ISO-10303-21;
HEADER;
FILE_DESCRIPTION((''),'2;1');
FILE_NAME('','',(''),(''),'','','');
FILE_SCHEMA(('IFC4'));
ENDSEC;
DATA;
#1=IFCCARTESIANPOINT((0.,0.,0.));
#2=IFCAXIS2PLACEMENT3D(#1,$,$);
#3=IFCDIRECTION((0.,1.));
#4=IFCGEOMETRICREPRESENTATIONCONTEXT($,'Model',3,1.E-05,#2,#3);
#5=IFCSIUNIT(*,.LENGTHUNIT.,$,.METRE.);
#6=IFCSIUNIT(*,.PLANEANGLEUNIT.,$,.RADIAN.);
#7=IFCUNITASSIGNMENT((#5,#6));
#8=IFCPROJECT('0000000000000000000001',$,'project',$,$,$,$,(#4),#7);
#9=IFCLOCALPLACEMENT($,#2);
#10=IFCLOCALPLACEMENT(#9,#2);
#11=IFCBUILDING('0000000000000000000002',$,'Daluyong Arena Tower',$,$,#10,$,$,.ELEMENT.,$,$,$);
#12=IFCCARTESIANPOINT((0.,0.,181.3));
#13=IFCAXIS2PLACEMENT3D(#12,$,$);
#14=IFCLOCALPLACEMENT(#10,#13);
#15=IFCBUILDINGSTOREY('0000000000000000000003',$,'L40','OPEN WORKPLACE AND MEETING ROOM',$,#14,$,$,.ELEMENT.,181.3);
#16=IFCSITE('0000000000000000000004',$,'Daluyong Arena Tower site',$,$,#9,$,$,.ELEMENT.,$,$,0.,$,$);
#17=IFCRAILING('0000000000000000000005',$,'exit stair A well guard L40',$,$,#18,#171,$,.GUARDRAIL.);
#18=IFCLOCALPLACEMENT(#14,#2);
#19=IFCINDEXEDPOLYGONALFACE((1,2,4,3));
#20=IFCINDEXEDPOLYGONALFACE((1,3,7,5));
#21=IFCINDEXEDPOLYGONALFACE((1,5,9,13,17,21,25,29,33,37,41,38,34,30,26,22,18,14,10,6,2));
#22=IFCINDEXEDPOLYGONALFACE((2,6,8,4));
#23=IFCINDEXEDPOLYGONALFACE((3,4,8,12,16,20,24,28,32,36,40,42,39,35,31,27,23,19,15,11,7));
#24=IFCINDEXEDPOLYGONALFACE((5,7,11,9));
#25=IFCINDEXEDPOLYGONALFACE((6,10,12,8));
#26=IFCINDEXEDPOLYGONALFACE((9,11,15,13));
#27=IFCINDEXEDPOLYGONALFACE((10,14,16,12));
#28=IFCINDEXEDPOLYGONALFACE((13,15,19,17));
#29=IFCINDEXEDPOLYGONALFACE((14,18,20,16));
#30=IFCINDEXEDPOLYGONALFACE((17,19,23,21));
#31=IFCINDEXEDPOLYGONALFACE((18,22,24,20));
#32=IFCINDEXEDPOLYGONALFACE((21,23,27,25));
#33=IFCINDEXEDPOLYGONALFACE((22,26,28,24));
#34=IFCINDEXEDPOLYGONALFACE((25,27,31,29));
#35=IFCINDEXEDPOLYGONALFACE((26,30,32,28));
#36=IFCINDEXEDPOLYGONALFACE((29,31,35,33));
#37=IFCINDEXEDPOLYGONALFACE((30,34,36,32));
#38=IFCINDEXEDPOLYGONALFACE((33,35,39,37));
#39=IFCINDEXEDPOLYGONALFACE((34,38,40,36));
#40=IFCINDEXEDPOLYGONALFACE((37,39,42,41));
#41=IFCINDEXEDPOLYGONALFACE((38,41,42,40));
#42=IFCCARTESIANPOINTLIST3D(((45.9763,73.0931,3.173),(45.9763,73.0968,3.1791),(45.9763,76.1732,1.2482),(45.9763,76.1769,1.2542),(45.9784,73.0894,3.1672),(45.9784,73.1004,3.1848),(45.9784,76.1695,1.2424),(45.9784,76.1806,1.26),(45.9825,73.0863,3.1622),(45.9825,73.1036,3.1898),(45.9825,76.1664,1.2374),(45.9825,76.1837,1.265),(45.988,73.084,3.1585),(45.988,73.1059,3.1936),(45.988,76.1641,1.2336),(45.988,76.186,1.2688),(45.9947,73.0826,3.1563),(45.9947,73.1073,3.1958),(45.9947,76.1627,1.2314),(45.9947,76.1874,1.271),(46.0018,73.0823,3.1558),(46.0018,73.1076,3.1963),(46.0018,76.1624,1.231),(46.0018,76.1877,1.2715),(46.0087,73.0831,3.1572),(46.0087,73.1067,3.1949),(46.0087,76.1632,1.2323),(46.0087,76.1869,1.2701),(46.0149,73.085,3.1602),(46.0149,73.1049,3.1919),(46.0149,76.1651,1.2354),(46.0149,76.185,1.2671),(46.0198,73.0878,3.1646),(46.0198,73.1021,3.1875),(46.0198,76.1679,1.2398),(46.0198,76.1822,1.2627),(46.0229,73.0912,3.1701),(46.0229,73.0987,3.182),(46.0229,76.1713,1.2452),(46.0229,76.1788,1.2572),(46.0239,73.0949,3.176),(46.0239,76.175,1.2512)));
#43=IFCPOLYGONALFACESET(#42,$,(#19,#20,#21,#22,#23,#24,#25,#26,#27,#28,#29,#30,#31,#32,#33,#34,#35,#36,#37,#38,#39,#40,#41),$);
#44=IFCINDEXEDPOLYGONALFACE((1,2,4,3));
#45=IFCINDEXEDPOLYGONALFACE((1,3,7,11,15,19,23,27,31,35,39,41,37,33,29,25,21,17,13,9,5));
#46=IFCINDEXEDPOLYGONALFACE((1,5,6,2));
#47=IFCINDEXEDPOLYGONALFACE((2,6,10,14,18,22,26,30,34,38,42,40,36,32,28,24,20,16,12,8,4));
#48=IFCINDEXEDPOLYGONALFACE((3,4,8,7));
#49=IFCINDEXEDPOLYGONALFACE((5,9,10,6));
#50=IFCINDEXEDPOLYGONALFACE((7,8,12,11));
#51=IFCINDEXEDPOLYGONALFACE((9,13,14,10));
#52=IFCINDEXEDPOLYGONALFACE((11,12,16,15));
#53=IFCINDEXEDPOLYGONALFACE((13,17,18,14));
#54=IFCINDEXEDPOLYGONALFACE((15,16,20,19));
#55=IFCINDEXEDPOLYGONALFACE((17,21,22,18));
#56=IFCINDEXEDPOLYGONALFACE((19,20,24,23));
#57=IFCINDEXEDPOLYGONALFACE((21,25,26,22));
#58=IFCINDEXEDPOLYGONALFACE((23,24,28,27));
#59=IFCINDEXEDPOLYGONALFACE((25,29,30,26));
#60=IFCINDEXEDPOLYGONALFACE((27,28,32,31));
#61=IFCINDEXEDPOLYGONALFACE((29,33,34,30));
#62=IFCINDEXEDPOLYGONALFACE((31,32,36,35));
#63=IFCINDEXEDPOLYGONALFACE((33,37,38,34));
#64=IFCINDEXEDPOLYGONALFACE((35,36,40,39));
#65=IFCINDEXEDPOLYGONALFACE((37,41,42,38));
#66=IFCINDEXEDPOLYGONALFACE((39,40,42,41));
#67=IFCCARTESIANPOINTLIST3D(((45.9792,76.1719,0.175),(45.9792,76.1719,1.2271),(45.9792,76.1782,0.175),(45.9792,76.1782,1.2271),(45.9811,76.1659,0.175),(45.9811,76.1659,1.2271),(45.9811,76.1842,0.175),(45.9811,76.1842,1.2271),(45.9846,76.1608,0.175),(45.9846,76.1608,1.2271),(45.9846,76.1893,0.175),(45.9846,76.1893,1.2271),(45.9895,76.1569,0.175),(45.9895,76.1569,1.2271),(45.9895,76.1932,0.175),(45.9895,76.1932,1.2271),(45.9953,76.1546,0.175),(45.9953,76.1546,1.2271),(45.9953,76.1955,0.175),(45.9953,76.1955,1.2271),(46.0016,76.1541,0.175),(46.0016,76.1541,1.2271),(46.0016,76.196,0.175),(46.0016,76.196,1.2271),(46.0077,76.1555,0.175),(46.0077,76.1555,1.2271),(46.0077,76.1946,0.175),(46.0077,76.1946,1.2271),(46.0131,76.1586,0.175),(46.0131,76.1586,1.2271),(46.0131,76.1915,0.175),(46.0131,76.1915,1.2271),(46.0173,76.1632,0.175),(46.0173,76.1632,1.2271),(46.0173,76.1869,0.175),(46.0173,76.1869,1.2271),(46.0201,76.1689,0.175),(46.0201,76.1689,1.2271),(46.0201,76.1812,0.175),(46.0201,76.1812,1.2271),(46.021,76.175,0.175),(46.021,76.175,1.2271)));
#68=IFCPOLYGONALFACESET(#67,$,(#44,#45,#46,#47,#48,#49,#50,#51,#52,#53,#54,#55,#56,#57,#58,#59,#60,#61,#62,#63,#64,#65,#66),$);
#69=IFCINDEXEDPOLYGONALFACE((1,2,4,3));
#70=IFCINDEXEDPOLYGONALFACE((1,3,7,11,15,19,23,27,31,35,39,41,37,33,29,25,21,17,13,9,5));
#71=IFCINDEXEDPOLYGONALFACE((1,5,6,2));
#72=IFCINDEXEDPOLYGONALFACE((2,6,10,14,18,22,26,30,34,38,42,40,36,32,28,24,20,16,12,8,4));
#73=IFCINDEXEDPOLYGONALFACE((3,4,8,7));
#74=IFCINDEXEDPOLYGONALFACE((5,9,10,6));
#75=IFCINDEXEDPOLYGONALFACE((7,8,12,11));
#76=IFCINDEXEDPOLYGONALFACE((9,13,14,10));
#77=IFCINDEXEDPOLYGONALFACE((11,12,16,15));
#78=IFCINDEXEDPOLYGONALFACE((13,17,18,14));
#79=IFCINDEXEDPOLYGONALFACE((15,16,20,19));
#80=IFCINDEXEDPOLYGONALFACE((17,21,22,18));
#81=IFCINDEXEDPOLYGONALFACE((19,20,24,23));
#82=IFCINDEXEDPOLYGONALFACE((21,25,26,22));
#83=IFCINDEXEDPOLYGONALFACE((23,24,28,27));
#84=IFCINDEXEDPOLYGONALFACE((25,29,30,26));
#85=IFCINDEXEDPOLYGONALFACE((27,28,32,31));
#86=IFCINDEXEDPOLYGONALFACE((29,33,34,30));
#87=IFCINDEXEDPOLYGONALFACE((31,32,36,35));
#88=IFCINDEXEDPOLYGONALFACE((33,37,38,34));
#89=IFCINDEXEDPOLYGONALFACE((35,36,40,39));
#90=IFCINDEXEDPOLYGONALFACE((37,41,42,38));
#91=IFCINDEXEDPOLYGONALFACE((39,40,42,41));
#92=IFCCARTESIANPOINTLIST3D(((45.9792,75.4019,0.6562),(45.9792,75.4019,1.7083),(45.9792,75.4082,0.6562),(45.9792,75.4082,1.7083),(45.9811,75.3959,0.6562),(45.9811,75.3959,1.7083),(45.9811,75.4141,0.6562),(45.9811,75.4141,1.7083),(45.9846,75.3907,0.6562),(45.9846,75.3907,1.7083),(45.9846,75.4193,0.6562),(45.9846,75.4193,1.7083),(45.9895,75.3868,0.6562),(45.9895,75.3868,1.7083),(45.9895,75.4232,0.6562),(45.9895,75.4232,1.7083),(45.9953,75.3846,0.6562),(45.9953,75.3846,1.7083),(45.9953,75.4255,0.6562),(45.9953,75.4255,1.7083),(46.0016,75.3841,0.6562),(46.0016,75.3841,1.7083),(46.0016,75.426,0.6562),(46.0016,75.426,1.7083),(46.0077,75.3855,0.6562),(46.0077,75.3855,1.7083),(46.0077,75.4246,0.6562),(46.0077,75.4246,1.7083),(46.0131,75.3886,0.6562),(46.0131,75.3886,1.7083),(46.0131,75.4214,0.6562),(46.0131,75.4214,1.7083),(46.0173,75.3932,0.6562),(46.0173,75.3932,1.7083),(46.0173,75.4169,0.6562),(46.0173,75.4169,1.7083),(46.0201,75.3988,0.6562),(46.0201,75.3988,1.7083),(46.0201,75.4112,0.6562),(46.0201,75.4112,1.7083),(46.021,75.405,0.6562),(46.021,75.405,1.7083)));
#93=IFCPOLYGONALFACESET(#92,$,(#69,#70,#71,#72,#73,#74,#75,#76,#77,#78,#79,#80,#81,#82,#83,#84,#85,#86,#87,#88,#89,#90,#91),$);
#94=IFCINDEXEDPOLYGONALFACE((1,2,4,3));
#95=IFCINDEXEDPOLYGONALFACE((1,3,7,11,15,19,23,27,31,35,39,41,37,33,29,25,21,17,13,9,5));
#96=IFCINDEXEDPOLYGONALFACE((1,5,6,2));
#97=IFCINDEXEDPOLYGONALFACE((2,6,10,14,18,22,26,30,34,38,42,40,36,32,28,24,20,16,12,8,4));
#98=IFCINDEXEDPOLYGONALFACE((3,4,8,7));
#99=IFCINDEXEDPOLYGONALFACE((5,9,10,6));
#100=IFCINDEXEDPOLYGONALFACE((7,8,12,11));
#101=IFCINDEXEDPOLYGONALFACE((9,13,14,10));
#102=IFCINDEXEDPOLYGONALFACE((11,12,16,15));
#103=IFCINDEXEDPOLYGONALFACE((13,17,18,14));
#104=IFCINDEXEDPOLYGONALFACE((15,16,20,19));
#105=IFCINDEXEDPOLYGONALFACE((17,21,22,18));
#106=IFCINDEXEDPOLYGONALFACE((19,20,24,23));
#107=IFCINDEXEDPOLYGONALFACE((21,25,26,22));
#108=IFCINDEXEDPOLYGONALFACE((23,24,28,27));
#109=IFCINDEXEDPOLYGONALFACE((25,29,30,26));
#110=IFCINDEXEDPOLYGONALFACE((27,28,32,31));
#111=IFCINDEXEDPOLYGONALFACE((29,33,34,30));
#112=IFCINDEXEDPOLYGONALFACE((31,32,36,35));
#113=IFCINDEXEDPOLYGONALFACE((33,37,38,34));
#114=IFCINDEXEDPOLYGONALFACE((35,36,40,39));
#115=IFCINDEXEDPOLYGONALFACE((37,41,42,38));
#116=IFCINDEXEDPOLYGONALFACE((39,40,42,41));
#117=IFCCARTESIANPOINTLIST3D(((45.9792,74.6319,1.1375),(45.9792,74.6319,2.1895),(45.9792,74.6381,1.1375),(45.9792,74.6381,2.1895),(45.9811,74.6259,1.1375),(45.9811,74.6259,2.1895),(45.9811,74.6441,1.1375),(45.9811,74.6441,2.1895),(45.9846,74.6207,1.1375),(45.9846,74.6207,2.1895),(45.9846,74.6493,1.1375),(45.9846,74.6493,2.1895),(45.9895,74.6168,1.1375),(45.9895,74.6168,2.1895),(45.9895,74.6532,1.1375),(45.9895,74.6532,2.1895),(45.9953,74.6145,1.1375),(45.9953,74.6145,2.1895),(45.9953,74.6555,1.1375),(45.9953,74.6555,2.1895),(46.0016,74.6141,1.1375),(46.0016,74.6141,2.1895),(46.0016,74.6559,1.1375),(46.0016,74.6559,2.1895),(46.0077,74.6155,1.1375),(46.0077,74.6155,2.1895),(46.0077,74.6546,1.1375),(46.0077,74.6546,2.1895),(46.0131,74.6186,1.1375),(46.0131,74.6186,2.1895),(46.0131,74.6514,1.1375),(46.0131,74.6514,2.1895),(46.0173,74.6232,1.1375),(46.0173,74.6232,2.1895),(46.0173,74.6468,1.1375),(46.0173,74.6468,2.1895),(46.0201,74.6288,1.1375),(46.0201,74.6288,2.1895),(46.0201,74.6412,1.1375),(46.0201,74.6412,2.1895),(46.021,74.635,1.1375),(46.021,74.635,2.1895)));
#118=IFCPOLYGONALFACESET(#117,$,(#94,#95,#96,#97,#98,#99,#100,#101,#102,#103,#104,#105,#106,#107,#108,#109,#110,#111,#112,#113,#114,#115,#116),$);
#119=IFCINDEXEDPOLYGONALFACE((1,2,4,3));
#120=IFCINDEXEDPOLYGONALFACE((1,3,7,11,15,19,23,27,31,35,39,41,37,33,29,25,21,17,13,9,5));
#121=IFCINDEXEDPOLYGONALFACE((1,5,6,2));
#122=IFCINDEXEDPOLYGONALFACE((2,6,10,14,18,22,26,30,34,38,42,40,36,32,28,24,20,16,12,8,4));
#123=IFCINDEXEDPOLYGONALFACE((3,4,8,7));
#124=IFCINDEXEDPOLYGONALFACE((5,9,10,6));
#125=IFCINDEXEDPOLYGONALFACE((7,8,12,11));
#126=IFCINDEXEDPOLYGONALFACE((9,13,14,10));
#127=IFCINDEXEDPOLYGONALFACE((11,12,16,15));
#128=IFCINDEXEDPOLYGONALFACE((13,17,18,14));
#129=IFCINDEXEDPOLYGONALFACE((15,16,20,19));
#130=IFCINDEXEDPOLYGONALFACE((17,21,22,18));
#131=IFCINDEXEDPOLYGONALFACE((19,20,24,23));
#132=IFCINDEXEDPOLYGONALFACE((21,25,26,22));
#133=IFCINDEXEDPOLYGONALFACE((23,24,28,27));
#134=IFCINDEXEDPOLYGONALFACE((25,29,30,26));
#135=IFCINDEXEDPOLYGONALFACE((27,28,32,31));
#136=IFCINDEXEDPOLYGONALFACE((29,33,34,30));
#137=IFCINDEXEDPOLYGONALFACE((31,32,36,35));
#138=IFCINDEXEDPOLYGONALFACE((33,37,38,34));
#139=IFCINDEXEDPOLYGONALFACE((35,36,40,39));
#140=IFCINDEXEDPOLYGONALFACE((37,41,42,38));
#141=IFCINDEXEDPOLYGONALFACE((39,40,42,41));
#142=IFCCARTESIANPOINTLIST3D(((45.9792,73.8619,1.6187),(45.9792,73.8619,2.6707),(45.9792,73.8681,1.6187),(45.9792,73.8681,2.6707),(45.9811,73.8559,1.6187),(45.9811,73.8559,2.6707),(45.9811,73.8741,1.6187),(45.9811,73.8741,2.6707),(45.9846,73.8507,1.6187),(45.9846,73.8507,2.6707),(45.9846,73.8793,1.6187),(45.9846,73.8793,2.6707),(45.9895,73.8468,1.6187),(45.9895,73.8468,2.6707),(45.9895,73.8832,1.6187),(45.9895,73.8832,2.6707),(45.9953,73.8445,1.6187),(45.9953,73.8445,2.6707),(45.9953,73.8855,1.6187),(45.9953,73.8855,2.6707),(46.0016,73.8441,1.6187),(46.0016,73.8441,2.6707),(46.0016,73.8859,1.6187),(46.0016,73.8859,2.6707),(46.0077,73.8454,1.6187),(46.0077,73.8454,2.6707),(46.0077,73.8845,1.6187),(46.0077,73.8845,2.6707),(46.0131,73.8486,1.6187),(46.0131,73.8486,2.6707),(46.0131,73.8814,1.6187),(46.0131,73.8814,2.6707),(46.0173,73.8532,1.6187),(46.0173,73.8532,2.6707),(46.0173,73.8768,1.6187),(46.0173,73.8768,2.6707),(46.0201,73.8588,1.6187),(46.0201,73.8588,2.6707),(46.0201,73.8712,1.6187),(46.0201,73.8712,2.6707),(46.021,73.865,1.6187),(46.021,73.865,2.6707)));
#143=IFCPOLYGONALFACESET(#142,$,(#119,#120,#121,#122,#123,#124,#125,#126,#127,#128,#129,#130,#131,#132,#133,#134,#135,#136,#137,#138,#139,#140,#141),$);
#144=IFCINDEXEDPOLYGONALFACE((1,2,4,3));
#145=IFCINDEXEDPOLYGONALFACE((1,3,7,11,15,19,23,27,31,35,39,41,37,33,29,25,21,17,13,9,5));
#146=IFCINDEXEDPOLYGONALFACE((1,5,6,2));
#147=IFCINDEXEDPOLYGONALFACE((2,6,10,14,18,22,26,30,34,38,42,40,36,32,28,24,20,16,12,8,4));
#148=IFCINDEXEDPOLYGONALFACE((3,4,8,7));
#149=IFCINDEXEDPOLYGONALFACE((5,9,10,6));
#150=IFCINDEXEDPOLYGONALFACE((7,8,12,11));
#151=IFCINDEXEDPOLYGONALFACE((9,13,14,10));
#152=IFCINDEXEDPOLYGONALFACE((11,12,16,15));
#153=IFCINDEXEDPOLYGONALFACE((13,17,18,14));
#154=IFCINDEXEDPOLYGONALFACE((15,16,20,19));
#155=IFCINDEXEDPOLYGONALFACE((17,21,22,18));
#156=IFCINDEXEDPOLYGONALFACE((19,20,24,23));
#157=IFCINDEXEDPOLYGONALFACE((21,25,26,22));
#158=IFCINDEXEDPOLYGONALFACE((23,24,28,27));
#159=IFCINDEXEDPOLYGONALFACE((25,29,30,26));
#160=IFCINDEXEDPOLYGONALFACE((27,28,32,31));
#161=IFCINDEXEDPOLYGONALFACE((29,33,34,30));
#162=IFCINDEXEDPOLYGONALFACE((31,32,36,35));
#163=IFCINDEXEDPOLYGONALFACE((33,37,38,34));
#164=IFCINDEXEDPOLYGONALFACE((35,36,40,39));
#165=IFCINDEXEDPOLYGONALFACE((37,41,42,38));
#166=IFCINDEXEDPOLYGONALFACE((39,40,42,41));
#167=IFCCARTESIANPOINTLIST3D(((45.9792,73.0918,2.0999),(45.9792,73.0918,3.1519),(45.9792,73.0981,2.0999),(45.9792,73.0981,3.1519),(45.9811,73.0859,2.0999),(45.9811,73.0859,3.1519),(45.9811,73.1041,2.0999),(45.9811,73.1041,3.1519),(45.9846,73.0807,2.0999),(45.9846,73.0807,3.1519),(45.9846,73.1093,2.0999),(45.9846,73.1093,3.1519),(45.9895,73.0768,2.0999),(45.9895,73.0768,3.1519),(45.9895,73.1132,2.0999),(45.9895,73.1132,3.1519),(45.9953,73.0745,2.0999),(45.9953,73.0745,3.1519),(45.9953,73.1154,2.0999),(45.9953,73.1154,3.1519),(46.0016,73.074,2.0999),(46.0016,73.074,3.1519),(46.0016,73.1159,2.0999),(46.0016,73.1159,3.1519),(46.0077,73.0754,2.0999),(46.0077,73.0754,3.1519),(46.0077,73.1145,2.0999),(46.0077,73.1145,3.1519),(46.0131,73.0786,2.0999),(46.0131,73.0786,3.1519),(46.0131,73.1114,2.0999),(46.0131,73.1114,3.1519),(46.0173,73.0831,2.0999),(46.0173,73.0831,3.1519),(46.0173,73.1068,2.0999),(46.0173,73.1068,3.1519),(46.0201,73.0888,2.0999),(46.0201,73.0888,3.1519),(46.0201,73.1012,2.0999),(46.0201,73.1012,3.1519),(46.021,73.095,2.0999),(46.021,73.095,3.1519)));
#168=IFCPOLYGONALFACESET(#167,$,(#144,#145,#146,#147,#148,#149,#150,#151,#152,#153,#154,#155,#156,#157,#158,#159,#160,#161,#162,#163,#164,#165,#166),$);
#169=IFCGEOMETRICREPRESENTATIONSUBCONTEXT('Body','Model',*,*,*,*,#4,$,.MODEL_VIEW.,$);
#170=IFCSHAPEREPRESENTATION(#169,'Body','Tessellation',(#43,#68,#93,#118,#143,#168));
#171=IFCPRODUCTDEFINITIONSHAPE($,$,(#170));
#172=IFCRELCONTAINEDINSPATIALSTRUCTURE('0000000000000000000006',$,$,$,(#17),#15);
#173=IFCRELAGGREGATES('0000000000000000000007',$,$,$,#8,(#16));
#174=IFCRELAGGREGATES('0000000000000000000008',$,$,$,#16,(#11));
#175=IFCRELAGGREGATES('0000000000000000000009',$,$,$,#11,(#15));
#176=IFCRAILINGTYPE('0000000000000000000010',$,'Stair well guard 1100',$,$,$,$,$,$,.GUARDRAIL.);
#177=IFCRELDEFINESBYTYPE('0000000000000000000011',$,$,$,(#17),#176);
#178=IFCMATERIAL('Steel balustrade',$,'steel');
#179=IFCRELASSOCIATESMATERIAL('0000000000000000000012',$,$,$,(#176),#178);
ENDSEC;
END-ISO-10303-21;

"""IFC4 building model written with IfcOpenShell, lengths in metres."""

from ifc_helpers import new_model, si_unit, direction, frame, origin, origin_2d, place, context, subcontext, project, spatial, circle, extrude, material, type_object, element, save


model = new_model("IFC4")

# Units and contexts
model_context = context("Model", 3, precision=1e-05, world=origin(), true_north=direction((0.0, 1.0)))
body_context = subcontext(model_context, "Body", "Model", "MODEL_VIEW")
ifc_project = project(units=[si_unit("LENGTHUNIT", "METRE"), si_unit("PLANEANGLEUNIT", "RADIAN")], contexts=[model_context])

# Site, building, storey
site_placement = place(None, origin())
site = spatial("IfcSite", under=ifc_project, at=site_placement, Name="Daluyong Arena Tower site", CompositionType="ELEMENT", RefElevation=0.0)
building_placement = place(site_placement, origin())
building = spatial("IfcBuilding", under=site, at=building_placement, Name="Daluyong Arena Tower", CompositionType="ELEMENT")
storey_placement = place(building_placement, frame((0.0, 0.0, 181.3)))
storey = spatial("IfcBuildingStorey", under=building, at=storey_placement, Name="L40", Description="OPEN WORKPLACE AND MEETING ROOM", CompositionType="ELEMENT", Elevation=181.3)

# Railing
ifc_material_1 = material(Name="Steel balustrade", Category="steel")
railing_type_1 = type_object("IfcRailingType", Name="Stair well guard 1100", PredefinedType="GUARDRAIL", material=ifc_material_1)
railing_1_placement = place(storey_placement, frame((46.0, 76.175, 0.175)))
element("IfcRailing", 1, at=railing_1_placement, inside=storey, type_object=railing_type_1, Name="exit stair A well guard L40", PredefinedType="GUARDRAIL", context=body_context, shape_type="SweptSolid", body=[
    extrude(circle(Radius=0.0239, at=origin_2d()), frame((0.0, 0.0, 1.0762), z_axis=(0.0, -0.848029, 0.529951), x_axis=(1.0, 0.0, 0.0)), (0.0, 0.0, 1.0), 3.6321),
    extrude(circle(Radius=0.021, at=origin_2d()), origin(), (0.0, 0.0, 1.0), 1.052),
    extrude(circle(Radius=0.021, at=origin_2d()), frame((0.0, -0.77, 0.4812)), (0.0, 0.0, 1.0), 1.052),
    extrude(circle(Radius=0.021, at=origin_2d()), frame((0.0, -1.54, 0.9624)), (0.0, 0.0, 1.0), 1.052),
    extrude(circle(Radius=0.021, at=origin_2d()), frame((0.0, -2.3101, 1.4436)), (0.0, 0.0, 1.0), 1.052),
    extrude(circle(Radius=0.021, at=origin_2d()), frame((0.0, -3.0801, 1.9248)), (0.0, 0.0, 1.0), 1.052),
])

save(model, "model.ifc")
